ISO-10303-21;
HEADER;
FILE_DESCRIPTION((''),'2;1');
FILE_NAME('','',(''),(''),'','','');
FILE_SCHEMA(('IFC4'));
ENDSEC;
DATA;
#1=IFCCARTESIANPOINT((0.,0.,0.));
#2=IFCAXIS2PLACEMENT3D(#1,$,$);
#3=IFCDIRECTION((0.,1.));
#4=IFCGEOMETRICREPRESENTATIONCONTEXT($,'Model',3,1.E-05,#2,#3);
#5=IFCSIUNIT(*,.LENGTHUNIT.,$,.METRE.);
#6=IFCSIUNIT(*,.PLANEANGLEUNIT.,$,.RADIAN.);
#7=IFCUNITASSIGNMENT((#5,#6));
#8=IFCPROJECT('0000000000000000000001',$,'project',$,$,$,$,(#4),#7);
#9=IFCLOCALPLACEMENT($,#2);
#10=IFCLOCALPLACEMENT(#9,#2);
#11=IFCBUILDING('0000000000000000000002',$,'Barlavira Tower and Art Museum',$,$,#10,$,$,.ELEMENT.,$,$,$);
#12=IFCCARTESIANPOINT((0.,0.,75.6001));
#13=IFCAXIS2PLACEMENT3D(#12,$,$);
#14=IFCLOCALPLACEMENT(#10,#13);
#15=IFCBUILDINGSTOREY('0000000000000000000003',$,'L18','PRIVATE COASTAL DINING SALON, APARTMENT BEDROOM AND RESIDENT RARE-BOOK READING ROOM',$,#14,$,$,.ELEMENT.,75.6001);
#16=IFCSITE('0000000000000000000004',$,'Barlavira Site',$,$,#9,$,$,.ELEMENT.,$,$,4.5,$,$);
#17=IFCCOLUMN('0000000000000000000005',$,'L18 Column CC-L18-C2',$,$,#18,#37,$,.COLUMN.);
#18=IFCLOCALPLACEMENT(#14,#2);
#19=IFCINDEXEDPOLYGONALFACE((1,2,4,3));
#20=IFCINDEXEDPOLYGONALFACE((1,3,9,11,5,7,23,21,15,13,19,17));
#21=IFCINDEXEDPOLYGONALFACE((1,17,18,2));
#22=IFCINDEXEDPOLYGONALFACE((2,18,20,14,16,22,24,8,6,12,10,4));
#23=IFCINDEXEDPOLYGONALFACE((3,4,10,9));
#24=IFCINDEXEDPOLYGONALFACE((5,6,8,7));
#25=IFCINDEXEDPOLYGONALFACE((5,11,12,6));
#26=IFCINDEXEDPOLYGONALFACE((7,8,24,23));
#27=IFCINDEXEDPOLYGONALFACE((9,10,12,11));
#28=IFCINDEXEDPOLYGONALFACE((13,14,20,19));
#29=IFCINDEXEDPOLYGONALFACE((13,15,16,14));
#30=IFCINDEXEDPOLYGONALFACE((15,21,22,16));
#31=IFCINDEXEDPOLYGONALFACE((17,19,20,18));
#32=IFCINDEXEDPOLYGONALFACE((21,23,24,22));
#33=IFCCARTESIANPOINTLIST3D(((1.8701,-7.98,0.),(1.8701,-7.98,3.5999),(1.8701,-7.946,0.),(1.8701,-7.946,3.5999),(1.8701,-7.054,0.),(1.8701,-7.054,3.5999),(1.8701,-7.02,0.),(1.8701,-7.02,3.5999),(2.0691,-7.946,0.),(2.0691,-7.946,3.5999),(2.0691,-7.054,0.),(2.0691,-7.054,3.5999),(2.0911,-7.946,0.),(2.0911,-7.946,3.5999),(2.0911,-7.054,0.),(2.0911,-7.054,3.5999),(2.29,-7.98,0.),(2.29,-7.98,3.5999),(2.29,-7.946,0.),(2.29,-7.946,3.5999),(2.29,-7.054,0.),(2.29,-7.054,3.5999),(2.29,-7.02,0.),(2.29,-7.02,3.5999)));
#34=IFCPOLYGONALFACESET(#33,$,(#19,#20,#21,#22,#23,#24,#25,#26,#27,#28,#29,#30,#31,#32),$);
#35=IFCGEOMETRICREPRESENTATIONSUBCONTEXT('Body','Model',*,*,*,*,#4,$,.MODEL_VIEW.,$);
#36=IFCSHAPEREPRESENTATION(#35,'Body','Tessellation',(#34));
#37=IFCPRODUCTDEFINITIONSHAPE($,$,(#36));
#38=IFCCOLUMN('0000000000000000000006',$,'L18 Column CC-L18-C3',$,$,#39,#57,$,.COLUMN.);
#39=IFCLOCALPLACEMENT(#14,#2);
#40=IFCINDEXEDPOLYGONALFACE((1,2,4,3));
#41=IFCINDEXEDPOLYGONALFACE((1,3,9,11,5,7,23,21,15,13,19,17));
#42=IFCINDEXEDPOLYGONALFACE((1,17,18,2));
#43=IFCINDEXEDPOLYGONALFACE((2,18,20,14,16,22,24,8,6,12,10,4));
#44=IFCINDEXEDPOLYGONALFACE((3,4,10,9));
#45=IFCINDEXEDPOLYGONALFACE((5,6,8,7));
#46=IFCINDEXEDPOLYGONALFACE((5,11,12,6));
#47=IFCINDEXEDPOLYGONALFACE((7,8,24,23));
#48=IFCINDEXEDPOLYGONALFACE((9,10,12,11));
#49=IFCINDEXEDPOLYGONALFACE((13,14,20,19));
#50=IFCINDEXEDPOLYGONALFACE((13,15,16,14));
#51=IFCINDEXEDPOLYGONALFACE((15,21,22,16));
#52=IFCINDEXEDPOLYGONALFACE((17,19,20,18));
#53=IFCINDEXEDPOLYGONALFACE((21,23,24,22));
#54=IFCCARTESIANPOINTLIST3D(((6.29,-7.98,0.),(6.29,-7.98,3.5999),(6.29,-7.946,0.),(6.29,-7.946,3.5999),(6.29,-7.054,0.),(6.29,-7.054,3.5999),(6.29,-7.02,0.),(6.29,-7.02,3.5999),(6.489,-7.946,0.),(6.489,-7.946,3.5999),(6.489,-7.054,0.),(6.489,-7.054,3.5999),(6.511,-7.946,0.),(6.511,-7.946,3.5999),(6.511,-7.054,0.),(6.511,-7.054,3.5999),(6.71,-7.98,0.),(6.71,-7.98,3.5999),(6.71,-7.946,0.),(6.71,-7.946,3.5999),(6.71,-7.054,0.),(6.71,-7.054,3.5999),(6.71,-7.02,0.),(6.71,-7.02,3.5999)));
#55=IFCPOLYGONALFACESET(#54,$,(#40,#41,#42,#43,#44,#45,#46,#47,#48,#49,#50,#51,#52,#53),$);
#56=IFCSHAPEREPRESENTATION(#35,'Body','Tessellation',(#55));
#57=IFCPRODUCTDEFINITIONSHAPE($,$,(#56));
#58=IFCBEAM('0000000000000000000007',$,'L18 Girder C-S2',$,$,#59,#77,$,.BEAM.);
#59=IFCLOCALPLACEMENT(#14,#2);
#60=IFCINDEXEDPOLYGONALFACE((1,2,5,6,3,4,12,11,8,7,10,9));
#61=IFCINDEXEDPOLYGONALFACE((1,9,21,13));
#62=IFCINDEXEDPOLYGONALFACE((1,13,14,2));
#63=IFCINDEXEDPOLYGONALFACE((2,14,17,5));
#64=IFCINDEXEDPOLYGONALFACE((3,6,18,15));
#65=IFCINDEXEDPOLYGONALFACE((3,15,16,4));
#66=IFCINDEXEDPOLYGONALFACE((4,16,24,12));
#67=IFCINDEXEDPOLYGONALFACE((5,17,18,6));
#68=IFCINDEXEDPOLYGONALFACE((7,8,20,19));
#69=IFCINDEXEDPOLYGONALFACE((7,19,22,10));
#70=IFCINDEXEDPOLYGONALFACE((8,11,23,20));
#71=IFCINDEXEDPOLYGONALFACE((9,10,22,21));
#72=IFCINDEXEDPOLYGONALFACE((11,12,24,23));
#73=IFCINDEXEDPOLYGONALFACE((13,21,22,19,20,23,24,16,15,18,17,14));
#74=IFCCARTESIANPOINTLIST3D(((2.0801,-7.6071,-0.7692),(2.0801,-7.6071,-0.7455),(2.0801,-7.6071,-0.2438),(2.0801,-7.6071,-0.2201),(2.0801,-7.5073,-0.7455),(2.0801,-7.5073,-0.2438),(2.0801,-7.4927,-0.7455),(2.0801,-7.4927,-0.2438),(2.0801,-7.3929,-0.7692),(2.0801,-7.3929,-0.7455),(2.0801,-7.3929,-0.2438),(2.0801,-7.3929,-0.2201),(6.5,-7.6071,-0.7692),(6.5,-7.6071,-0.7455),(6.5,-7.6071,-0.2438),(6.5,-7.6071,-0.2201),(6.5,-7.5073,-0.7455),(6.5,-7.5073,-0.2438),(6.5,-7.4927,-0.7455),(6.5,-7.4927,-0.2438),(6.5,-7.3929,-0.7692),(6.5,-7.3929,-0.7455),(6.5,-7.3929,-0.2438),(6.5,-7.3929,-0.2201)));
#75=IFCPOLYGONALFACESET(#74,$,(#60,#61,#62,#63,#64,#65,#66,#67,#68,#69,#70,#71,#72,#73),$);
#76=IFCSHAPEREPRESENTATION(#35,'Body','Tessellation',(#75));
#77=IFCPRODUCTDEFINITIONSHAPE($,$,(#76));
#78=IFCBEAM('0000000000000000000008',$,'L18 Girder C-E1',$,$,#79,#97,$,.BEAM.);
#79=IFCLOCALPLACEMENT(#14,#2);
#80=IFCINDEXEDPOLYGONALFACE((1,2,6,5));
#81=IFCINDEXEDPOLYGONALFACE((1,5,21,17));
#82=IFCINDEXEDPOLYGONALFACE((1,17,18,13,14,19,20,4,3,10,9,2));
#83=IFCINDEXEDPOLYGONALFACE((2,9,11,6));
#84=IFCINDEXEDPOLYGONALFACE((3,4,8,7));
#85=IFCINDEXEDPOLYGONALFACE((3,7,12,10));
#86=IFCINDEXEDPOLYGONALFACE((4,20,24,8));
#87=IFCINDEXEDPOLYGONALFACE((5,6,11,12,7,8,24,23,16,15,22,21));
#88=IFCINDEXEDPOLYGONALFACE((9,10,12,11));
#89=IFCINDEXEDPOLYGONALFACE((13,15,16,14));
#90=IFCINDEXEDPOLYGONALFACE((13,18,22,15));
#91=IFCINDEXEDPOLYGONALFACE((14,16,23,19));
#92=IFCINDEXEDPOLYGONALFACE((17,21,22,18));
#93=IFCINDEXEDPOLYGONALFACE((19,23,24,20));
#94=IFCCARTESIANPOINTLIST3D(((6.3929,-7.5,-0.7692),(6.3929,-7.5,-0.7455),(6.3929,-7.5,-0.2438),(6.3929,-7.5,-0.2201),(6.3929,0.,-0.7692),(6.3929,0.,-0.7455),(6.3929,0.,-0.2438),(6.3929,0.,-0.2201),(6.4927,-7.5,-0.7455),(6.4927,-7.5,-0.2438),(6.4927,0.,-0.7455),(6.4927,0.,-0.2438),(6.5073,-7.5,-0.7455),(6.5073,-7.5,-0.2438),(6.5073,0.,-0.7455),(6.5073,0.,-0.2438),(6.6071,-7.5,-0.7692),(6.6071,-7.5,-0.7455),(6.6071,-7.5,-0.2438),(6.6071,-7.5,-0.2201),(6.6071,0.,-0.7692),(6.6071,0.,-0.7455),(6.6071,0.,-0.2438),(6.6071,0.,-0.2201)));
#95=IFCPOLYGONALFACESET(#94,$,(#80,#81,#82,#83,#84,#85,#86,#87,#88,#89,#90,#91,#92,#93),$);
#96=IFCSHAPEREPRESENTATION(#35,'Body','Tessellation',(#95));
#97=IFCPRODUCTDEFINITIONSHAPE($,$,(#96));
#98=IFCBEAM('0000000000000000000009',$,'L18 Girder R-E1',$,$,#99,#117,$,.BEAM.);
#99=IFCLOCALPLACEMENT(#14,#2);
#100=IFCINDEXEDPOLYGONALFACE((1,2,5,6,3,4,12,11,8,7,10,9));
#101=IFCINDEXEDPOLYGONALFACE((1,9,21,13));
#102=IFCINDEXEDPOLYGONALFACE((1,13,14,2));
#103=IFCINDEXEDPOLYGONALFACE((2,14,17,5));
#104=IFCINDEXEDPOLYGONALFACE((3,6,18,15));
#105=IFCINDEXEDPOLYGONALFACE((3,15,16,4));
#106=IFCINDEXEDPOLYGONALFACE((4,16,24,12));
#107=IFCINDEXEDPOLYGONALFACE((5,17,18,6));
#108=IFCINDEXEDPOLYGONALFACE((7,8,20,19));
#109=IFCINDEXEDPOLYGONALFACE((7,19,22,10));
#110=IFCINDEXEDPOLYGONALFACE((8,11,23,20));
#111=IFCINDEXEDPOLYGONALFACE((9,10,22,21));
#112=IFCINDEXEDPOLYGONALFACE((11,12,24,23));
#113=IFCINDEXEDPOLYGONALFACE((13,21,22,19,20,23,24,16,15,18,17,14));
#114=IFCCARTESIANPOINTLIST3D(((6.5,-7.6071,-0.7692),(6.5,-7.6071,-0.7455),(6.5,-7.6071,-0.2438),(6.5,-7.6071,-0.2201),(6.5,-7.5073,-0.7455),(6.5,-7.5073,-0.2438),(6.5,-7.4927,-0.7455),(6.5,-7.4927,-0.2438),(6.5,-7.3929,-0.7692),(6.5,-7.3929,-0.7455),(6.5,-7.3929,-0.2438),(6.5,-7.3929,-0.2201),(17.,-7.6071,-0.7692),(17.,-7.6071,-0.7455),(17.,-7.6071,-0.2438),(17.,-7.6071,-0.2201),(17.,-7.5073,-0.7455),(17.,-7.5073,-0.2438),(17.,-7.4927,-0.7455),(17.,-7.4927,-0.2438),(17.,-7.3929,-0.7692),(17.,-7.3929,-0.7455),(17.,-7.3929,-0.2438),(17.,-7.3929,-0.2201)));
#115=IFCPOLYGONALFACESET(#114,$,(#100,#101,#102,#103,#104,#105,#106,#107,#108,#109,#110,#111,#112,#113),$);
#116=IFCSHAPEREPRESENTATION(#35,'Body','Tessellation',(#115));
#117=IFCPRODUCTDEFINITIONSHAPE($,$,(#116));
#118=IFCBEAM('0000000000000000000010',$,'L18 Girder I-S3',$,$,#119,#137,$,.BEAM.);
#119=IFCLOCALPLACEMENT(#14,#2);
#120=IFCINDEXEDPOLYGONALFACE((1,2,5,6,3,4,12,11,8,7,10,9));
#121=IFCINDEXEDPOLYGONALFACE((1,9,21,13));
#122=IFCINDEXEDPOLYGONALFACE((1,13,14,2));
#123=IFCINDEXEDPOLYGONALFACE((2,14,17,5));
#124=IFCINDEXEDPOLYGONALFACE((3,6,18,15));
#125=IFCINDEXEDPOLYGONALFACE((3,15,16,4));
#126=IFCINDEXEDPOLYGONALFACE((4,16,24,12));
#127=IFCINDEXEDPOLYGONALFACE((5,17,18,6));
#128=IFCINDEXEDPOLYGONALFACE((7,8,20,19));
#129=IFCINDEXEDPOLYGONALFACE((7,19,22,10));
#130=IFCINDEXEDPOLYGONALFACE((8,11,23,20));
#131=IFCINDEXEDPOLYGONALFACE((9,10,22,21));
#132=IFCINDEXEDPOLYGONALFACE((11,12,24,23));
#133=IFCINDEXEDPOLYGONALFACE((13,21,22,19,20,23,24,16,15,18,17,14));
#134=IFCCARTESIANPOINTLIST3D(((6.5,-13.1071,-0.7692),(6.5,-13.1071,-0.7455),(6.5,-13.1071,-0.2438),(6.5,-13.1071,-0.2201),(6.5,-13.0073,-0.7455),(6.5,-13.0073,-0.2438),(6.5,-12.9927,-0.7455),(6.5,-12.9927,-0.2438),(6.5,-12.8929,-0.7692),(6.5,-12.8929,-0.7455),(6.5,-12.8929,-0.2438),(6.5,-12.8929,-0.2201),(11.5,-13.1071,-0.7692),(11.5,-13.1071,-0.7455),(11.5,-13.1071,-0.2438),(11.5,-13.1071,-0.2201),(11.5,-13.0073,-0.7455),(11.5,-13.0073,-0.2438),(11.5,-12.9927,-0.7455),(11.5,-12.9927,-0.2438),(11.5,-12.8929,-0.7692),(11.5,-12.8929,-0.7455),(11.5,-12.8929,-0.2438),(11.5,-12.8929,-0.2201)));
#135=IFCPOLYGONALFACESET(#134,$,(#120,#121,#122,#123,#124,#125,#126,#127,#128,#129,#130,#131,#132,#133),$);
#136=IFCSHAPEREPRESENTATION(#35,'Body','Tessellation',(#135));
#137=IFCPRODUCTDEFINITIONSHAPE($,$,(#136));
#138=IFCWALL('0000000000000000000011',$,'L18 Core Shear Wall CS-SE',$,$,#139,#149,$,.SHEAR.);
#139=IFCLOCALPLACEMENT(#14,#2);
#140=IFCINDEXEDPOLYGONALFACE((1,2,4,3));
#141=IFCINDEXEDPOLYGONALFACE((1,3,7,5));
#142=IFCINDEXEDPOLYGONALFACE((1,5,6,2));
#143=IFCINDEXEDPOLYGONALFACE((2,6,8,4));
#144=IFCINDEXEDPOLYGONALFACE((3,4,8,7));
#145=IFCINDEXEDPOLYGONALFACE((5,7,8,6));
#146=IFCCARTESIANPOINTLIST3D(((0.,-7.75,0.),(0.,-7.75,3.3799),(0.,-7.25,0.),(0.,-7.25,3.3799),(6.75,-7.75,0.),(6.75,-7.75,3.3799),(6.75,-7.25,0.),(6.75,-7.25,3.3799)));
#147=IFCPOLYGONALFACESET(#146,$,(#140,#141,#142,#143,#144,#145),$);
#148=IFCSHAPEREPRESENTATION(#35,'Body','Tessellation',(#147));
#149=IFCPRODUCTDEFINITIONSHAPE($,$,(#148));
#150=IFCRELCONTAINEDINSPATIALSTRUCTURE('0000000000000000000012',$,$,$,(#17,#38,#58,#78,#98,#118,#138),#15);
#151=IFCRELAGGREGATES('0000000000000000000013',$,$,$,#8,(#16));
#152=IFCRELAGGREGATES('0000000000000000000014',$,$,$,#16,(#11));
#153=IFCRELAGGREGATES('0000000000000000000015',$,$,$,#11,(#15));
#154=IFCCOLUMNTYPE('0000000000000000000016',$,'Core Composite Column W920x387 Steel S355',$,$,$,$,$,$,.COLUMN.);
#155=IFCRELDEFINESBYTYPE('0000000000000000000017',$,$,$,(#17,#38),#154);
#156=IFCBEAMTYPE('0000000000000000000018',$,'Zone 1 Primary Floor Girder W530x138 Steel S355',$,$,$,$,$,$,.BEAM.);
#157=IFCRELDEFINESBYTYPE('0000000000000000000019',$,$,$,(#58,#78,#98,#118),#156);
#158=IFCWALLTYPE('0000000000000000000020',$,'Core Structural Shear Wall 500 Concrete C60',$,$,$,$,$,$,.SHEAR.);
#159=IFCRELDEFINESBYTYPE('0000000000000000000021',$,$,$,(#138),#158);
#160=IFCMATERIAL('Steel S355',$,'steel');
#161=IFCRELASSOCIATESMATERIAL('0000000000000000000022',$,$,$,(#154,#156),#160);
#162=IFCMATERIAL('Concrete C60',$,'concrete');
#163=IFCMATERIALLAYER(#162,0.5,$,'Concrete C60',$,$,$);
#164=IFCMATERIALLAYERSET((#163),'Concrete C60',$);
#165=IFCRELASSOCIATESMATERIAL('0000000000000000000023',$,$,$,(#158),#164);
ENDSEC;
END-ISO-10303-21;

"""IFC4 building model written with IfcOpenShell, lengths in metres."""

from ifc_helpers import new_model, si_unit, direction, frame, frame_2d, origin, origin_2d, place, context, subcontext, project, spatial, rectangle, i_section, extrude, material, layer, layer_set, material_profile, profile_set, type_object, element, save


model = new_model("IFC4")

# Units and contexts
model_context = context("Model", 3, precision=1e-05, world=origin(), true_north=direction((0.0, 1.0)))
body_context = subcontext(model_context, "Body", "Model", "MODEL_VIEW")
ifc_project = project(units=[si_unit("LENGTHUNIT", "METRE"), si_unit("PLANEANGLEUNIT", "RADIAN")], contexts=[model_context])

# Site, building, storey
site_placement = place(None, origin())
site = spatial("IfcSite", under=ifc_project, at=site_placement, Name="Barlavira Site", CompositionType="ELEMENT", RefElevation=4.5)
building_placement = place(site_placement, origin())
building = spatial("IfcBuilding", under=site, at=building_placement, Name="Barlavira Tower and Art Museum", CompositionType="ELEMENT")
storey_placement = place(building_placement, frame((0.0, 0.0, 75.6001)))
storey = spatial("IfcBuildingStorey", under=building, at=storey_placement, Name="L18", Description="PRIVATE COASTAL DINING SALON, APARTMENT BEDROOM AND RESIDENT RARE-BOOK READING ROOM", CompositionType="ELEMENT", Elevation=75.6001)

# Columns
ifc_material_1 = material(Name="Steel S355", Category="steel")
ifc_material_profile_1 = material_profile(ifc_material_1, i_section(OverallWidth=0.4199, OverallDepth=0.96, WebThickness=0.022, FlangeThickness=0.0339, at=origin_2d()), Name="W920x387.0")
ifc_profile_set_1 = profile_set([ifc_material_profile_1], Name="Steel S355")
column_type = type_object("IfcColumnType", Name="Core Composite Column W920x387 Steel S355", PredefinedType="COLUMN", material=ifc_profile_set_1)
for number, where, z_axis, x_axis, name in (
    (1, (2.0801, -7.5, 0.0), (0.0, 0.0, 1.0), (1.0, 0.0, 0.0), "L18 Column CC-L18-C2"),
    (2, (6.5, -7.5, 0.0), (0.0, 0.0, 1.0), (1.0, 0.0, 0.0), "L18 Column CC-L18-C3"),
):
    element("IfcColumn", number, at=place(storey_placement, frame(where, z_axis=z_axis, x_axis=x_axis)), inside=storey, type_object=column_type, Name=name, PredefinedType="COLUMN", context=body_context, shape_type="SweptSolid", body=[
        extrude(i_section(OverallWidth=0.4199, OverallDepth=0.96, WebThickness=0.022, FlangeThickness=0.0339, at=origin_2d()), origin(), (0.0, 0.0, 1.0), 3.5999),
    ])

# Beams
ifc_material_profile_2 = material_profile(ifc_material_1, i_section(OverallWidth=0.2141, OverallDepth=0.5491, WebThickness=0.0146, FlangeThickness=0.0237, at=origin_2d()), Name="W530x138.0")
ifc_profile_set_2 = profile_set([ifc_material_profile_2], Name="Steel S355")
beam_type = type_object("IfcBeamType", Name="Zone 1 Primary Floor Girder W530x138 Steel S355", PredefinedType="BEAM", material=ifc_profile_set_2)
beam_1_placement = place(storey_placement, frame((2.0801, -7.5, -0.4946), z_axis=(1.0, 0.0, 0.0), x_axis=(0.0, 1.0, 0.0)))
element("IfcBeam", 3, at=beam_1_placement, inside=storey, type_object=beam_type, Name="L18 Girder C-S2", PredefinedType="BEAM", context=body_context, shape_type="SweptSolid", body=[
    extrude(i_section(OverallWidth=0.2141, OverallDepth=0.5491, WebThickness=0.0146, FlangeThickness=0.0237, at=origin_2d()), origin(), (0.0, 0.0, 1.0), 4.4199),
])
beam_2_placement = place(storey_placement, frame((6.5, -7.5, -0.4946), z_axis=(0.0, 1.0, 0.0), x_axis=(-1.0, 0.0, 0.0)))
element("IfcBeam", 4, at=beam_2_placement, inside=storey, type_object=beam_type, Name="L18 Girder C-E1", PredefinedType="BEAM", context=body_context, shape_type="SweptSolid", body=[
    extrude(i_section(OverallWidth=0.2141, OverallDepth=0.5491, WebThickness=0.0146, FlangeThickness=0.0237, at=origin_2d()), origin(), (0.0, 0.0, 1.0), 7.5),
])
beam_3_placement = place(storey_placement, frame((6.5, -7.5, -0.4946), z_axis=(1.0, 0.0, 0.0), x_axis=(0.0, 1.0, 0.0)))
element("IfcBeam", 5, at=beam_3_placement, inside=storey, type_object=beam_type, Name="L18 Girder R-E1", PredefinedType="BEAM", context=body_context, shape_type="SweptSolid", body=[
    extrude(i_section(OverallWidth=0.2141, OverallDepth=0.5491, WebThickness=0.0146, FlangeThickness=0.0237, at=origin_2d()), origin(), (0.0, 0.0, 1.0), 10.5),
])
beam_4_placement = place(storey_placement, frame((6.5, -13.0, -0.4946), z_axis=(1.0, 0.0, 0.0), x_axis=(0.0, 1.0, 0.0)))
element("IfcBeam", 6, at=beam_4_placement, inside=storey, type_object=beam_type, Name="L18 Girder I-S3", PredefinedType="BEAM", context=body_context, shape_type="SweptSolid", body=[
    extrude(i_section(OverallWidth=0.2141, OverallDepth=0.5491, WebThickness=0.0146, FlangeThickness=0.0237, at=origin_2d()), origin(), (0.0, 0.0, 1.0), 5.0),
])

# Wall
ifc_material_2 = material(Name="Concrete C60", Category="concrete")
ifc_layer_1 = layer(ifc_material_2, 0.5, Name="Concrete C60")
ifc_layer_set_1 = layer_set([ifc_layer_1], Name="Concrete C60")
wall_type_1 = type_object("IfcWallType", Name="Core Structural Shear Wall 500 Concrete C60", PredefinedType="SHEAR", material=ifc_layer_set_1)
wall_1_placement = place(storey_placement, frame((0.0, -7.5, 0.0), z_axis=(0.0, 0.0, 1.0), x_axis=(1.0, 0.0, 0.0)))
element("IfcWall", 7, at=wall_1_placement, inside=storey, type_object=wall_type_1, Name="L18 Core Shear Wall CS-SE", PredefinedType="SHEAR", context=body_context, shape_type="SweptSolid", body=[
    extrude(rectangle(XDim=6.75, YDim=0.5, at=frame_2d((3.375, 0.0))), origin(), (0.0, 0.0, 1.0), 3.3799),
])

save(model, "model.ifc")
